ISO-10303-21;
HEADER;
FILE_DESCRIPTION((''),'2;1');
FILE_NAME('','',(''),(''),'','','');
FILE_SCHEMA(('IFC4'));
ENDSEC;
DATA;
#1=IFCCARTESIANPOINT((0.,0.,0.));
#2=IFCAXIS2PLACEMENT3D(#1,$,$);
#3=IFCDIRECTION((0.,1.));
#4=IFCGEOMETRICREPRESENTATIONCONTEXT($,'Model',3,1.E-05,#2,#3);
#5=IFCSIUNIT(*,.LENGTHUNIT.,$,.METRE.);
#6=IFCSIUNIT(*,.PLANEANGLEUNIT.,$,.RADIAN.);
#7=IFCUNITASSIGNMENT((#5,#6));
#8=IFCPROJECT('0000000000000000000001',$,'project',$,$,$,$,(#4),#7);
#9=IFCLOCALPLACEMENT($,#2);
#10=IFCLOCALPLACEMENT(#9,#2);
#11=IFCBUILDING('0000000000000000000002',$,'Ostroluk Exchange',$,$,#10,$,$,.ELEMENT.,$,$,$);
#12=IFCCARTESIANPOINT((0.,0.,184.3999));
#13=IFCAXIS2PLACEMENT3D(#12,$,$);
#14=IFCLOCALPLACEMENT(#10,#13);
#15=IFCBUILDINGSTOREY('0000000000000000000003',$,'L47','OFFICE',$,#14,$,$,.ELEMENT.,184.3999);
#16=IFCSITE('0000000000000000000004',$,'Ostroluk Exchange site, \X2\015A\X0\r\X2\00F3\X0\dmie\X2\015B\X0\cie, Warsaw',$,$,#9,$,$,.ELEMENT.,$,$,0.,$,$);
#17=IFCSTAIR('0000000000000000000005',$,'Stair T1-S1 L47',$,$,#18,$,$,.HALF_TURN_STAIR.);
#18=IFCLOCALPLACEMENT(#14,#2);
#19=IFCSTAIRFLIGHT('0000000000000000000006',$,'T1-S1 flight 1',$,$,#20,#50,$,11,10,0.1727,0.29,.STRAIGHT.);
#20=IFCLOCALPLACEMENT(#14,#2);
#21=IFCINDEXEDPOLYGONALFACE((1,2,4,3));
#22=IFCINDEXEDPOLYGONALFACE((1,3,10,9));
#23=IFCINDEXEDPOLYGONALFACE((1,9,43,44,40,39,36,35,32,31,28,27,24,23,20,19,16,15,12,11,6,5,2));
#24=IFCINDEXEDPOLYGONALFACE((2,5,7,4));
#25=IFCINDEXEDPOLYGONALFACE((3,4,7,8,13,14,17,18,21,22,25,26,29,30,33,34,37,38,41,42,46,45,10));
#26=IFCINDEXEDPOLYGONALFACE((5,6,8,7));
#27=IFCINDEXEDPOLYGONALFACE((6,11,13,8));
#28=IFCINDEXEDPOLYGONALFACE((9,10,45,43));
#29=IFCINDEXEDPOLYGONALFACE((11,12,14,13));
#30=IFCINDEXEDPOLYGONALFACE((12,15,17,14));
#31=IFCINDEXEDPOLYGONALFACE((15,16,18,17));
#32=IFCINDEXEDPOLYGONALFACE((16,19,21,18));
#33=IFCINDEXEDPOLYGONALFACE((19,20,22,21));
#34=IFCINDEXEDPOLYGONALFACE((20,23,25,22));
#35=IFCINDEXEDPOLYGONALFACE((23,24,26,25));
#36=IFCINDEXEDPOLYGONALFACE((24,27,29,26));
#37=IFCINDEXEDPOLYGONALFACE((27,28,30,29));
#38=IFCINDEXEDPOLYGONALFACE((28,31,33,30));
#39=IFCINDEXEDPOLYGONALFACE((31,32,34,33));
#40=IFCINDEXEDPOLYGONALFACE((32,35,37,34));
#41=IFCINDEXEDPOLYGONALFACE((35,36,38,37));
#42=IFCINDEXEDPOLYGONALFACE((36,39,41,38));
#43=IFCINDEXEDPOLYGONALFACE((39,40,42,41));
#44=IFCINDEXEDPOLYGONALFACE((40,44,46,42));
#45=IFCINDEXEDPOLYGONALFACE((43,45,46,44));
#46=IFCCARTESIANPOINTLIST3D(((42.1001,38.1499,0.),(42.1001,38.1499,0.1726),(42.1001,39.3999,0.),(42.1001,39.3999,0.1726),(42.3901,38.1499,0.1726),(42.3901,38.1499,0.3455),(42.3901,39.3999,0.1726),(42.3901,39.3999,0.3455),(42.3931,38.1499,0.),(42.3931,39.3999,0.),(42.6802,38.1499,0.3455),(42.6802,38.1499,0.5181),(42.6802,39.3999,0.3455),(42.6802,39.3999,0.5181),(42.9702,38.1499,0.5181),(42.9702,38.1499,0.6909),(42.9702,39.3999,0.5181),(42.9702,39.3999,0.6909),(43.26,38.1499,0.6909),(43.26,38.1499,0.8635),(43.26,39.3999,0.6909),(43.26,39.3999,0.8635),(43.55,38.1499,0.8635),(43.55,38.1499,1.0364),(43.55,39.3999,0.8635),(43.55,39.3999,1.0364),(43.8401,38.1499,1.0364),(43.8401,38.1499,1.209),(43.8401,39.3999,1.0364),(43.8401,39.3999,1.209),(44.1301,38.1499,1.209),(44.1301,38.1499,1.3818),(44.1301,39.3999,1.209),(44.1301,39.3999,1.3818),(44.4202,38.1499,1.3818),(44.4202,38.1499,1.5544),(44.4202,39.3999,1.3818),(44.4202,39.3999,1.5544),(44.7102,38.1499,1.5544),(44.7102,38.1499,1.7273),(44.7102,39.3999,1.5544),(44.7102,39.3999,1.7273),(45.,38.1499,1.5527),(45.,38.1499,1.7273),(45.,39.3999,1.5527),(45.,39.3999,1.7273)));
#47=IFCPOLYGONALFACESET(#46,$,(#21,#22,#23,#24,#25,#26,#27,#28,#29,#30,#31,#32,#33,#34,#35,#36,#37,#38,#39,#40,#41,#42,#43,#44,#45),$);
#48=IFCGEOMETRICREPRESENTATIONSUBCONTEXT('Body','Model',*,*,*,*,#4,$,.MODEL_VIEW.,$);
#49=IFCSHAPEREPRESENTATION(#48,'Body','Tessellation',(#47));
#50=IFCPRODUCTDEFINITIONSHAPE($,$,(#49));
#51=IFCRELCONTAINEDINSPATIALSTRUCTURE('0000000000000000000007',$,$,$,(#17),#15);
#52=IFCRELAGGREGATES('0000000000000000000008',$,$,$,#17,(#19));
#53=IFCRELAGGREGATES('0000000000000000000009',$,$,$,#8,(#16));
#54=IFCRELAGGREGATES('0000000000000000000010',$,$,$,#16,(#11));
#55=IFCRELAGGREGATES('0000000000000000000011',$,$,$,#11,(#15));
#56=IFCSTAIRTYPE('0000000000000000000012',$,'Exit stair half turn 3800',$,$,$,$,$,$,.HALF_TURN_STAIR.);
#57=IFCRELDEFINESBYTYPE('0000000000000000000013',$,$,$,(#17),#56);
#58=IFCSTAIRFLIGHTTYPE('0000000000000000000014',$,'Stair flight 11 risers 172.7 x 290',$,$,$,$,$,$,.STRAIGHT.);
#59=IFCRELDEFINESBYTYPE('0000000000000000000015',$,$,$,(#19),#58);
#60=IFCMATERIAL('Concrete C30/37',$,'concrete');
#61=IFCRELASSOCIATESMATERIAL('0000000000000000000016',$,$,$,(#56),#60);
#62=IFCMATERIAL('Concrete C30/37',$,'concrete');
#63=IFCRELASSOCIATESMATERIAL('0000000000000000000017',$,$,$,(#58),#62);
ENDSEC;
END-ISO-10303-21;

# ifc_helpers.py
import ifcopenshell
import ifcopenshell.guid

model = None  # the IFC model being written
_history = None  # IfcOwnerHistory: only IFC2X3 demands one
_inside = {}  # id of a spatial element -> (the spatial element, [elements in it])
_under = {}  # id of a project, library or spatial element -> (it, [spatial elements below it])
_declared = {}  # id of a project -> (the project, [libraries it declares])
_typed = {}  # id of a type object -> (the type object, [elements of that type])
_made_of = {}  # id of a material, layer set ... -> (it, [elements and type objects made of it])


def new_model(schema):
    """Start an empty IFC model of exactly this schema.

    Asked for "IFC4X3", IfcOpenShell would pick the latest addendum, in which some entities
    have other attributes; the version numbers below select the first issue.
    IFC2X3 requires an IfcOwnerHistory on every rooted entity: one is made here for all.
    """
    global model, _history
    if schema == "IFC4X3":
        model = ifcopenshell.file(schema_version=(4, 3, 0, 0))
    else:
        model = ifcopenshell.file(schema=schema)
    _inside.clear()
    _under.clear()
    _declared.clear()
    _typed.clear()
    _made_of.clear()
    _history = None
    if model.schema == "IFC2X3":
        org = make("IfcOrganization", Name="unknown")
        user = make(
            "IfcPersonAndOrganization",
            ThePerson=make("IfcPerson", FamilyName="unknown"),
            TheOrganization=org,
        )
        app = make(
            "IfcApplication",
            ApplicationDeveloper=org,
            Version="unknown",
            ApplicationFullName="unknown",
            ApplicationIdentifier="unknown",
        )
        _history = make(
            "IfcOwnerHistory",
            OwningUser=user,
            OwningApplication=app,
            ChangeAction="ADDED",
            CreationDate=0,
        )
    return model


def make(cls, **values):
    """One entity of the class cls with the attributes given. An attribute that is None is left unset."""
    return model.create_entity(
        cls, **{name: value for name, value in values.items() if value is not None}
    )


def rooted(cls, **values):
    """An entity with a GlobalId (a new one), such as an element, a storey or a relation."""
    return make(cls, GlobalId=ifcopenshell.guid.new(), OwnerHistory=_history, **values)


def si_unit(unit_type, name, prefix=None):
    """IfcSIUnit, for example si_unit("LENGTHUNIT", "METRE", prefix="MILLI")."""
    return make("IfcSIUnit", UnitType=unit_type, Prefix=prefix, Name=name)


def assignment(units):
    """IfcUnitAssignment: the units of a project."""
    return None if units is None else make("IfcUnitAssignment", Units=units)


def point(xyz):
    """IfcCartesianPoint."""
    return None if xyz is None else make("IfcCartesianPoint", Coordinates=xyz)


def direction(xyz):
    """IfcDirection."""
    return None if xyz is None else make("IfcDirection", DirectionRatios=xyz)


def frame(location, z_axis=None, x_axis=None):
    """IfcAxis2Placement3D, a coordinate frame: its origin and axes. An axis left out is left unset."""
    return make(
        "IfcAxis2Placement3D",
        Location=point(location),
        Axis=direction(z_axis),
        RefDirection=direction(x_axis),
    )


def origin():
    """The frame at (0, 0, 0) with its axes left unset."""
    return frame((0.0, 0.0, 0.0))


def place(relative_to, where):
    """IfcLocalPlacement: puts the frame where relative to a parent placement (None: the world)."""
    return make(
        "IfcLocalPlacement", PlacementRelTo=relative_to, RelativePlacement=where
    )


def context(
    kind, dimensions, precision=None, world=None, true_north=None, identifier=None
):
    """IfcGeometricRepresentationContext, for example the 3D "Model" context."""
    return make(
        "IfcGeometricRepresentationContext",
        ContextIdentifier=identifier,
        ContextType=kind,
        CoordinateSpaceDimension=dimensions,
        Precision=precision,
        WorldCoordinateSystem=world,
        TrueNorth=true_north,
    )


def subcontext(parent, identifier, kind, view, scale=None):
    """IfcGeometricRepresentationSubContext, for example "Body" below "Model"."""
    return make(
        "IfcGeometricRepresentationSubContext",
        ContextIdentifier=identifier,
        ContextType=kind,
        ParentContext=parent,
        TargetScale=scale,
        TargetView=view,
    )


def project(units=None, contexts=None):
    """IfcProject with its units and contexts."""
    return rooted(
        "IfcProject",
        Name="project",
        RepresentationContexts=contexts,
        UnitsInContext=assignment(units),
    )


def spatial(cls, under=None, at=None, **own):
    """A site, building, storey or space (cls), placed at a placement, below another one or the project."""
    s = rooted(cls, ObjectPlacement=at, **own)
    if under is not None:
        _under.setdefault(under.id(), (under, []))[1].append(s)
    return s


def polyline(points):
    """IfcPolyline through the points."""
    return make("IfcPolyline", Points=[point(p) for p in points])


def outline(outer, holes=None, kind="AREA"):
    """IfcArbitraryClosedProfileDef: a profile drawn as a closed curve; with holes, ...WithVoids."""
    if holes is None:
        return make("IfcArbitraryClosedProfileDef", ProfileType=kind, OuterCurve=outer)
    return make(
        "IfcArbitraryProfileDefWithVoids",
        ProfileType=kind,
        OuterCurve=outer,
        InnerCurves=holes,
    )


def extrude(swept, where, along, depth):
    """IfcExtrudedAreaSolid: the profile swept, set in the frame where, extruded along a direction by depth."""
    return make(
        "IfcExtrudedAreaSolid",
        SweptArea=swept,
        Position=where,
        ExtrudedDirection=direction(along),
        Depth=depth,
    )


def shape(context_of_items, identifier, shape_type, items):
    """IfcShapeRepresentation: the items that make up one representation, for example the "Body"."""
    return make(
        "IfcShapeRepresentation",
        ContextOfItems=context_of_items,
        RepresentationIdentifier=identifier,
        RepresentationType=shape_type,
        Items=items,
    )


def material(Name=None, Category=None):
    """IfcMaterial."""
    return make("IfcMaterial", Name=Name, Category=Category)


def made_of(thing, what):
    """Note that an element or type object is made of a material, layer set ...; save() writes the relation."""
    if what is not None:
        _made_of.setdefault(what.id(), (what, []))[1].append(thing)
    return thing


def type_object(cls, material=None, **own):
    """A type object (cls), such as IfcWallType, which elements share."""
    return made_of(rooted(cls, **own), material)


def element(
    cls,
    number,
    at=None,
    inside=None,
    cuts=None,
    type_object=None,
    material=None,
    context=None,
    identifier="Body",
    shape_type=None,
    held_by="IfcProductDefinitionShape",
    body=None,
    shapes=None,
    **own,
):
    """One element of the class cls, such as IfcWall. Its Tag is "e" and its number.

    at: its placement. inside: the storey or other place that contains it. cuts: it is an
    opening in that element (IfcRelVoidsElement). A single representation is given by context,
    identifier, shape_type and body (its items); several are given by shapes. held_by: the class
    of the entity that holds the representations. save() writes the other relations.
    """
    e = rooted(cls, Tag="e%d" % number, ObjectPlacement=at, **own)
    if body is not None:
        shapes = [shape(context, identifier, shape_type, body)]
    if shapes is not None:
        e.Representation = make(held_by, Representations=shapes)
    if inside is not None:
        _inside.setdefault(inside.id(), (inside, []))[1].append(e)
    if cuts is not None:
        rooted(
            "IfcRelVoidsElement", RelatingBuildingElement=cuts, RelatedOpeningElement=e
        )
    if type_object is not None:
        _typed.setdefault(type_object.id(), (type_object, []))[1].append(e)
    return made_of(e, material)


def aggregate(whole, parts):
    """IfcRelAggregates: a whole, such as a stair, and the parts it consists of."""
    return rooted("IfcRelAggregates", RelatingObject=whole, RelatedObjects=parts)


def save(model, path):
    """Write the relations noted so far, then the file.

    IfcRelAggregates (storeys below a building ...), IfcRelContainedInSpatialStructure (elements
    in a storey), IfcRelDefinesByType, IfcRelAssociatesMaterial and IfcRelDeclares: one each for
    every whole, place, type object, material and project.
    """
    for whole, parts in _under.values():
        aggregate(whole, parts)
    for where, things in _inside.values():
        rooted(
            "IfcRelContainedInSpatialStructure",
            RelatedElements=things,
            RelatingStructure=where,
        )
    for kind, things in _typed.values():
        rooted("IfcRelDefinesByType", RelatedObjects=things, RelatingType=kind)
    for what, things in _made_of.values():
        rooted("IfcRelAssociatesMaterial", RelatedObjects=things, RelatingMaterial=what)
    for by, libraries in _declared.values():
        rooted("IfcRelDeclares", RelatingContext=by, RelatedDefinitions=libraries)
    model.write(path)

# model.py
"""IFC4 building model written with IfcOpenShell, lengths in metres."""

from ifc_helpers import new_model, si_unit, direction, frame, origin, place, context, subcontext, project, spatial, polyline, outline, extrude, material, type_object, element, aggregate, save


model = new_model("IFC4")

# Units and contexts
model_context = context("Model", 3, precision=1e-05, world=origin(), true_north=direction((0.0, 1.0)))
body_context = subcontext(model_context, "Body", "Model", "MODEL_VIEW")
ifc_project = project(units=[si_unit("LENGTHUNIT", "METRE"), si_unit("PLANEANGLEUNIT", "RADIAN")], contexts=[model_context])

# Site, building, storey
site_placement = place(None, origin())
site = spatial("IfcSite", under=ifc_project, at=site_placement, Name="Ostroluk Exchange site, Śródmieście, Warsaw", CompositionType="ELEMENT", RefElevation=0.0)
building_placement = place(site_placement, origin())
building = spatial("IfcBuilding", under=site, at=building_placement, Name="Ostroluk Exchange", CompositionType="ELEMENT")
storey_placement = place(building_placement, frame((0.0, 0.0, 184.3999)))
storey = spatial("IfcBuildingStorey", under=building, at=storey_placement, Name="L47", Description="OFFICE", CompositionType="ELEMENT", Elevation=184.3999)

# Stair, stair flight
ifc_material_1 = material(Name="Concrete C30/37", Category="concrete")
stair_type = type_object("IfcStairType", Name="Exit stair half turn 3800", PredefinedType="HALF_TURN_STAIR", material=ifc_material_1)
stair_placement = place(storey_placement, origin())
stair = element("IfcStair", 1, at=stair_placement, inside=storey, type_object=stair_type, Name="Stair T1-S1 L47", PredefinedType="HALF_TURN_STAIR")
ifc_material_2 = material(Name="Concrete C30/37", Category="concrete")
stair_flight_type = type_object("IfcStairFlightType", Name="Stair flight 11 risers 172.7 x 290", PredefinedType="STRAIGHT", material=ifc_material_2)
stair_flight_placement = place(storey_placement, frame((42.1001, 38.7749, 0.0), z_axis=(0.0, 0.0, 1.0), x_axis=(1.0, 0.0, 0.0)))
stair_flight = element("IfcStairFlight", 2, at=stair_flight_placement, type_object=stair_flight_type, Name="T1-S1 flight 1", NumberOfRisers=11, NumberOfTreads=10, PredefinedType="STRAIGHT", RiserHeight=0.1727, TreadLength=0.29, context=body_context, shape_type="SweptSolid", body=[
    extrude(outline(polyline([(0.0, 0.0), (0.0, 0.1726), (0.29, 0.1726), (0.29, 0.3455), (0.5801, 0.3455), (0.5801, 0.5181), (0.8701, 0.5181), (0.8701, 0.6909), (1.1599, 0.6909), (1.1599, 0.8635), (1.45, 0.8635), (1.45, 1.0364), (1.74, 1.0364), (1.74, 1.209), (2.03, 1.209), (2.03, 1.3818), (2.3201, 1.3818), (2.3201, 1.5544), (2.6101, 1.5544), (2.6101, 1.7273), (2.8999, 1.7273), (2.8999, 1.8999), (2.8999, 1.5527), (0.293, 0.0), (0.0, 0.0)])), frame((0.0, 0.625, 0.0), z_axis=(0.0, -1.0, 0.0), x_axis=(1.0, 0.0, 0.0)), (0.0, 0.0, 1.0), 1.25),
])
aggregate(stair, [stair_flight])

save(model, "model.ifc")
